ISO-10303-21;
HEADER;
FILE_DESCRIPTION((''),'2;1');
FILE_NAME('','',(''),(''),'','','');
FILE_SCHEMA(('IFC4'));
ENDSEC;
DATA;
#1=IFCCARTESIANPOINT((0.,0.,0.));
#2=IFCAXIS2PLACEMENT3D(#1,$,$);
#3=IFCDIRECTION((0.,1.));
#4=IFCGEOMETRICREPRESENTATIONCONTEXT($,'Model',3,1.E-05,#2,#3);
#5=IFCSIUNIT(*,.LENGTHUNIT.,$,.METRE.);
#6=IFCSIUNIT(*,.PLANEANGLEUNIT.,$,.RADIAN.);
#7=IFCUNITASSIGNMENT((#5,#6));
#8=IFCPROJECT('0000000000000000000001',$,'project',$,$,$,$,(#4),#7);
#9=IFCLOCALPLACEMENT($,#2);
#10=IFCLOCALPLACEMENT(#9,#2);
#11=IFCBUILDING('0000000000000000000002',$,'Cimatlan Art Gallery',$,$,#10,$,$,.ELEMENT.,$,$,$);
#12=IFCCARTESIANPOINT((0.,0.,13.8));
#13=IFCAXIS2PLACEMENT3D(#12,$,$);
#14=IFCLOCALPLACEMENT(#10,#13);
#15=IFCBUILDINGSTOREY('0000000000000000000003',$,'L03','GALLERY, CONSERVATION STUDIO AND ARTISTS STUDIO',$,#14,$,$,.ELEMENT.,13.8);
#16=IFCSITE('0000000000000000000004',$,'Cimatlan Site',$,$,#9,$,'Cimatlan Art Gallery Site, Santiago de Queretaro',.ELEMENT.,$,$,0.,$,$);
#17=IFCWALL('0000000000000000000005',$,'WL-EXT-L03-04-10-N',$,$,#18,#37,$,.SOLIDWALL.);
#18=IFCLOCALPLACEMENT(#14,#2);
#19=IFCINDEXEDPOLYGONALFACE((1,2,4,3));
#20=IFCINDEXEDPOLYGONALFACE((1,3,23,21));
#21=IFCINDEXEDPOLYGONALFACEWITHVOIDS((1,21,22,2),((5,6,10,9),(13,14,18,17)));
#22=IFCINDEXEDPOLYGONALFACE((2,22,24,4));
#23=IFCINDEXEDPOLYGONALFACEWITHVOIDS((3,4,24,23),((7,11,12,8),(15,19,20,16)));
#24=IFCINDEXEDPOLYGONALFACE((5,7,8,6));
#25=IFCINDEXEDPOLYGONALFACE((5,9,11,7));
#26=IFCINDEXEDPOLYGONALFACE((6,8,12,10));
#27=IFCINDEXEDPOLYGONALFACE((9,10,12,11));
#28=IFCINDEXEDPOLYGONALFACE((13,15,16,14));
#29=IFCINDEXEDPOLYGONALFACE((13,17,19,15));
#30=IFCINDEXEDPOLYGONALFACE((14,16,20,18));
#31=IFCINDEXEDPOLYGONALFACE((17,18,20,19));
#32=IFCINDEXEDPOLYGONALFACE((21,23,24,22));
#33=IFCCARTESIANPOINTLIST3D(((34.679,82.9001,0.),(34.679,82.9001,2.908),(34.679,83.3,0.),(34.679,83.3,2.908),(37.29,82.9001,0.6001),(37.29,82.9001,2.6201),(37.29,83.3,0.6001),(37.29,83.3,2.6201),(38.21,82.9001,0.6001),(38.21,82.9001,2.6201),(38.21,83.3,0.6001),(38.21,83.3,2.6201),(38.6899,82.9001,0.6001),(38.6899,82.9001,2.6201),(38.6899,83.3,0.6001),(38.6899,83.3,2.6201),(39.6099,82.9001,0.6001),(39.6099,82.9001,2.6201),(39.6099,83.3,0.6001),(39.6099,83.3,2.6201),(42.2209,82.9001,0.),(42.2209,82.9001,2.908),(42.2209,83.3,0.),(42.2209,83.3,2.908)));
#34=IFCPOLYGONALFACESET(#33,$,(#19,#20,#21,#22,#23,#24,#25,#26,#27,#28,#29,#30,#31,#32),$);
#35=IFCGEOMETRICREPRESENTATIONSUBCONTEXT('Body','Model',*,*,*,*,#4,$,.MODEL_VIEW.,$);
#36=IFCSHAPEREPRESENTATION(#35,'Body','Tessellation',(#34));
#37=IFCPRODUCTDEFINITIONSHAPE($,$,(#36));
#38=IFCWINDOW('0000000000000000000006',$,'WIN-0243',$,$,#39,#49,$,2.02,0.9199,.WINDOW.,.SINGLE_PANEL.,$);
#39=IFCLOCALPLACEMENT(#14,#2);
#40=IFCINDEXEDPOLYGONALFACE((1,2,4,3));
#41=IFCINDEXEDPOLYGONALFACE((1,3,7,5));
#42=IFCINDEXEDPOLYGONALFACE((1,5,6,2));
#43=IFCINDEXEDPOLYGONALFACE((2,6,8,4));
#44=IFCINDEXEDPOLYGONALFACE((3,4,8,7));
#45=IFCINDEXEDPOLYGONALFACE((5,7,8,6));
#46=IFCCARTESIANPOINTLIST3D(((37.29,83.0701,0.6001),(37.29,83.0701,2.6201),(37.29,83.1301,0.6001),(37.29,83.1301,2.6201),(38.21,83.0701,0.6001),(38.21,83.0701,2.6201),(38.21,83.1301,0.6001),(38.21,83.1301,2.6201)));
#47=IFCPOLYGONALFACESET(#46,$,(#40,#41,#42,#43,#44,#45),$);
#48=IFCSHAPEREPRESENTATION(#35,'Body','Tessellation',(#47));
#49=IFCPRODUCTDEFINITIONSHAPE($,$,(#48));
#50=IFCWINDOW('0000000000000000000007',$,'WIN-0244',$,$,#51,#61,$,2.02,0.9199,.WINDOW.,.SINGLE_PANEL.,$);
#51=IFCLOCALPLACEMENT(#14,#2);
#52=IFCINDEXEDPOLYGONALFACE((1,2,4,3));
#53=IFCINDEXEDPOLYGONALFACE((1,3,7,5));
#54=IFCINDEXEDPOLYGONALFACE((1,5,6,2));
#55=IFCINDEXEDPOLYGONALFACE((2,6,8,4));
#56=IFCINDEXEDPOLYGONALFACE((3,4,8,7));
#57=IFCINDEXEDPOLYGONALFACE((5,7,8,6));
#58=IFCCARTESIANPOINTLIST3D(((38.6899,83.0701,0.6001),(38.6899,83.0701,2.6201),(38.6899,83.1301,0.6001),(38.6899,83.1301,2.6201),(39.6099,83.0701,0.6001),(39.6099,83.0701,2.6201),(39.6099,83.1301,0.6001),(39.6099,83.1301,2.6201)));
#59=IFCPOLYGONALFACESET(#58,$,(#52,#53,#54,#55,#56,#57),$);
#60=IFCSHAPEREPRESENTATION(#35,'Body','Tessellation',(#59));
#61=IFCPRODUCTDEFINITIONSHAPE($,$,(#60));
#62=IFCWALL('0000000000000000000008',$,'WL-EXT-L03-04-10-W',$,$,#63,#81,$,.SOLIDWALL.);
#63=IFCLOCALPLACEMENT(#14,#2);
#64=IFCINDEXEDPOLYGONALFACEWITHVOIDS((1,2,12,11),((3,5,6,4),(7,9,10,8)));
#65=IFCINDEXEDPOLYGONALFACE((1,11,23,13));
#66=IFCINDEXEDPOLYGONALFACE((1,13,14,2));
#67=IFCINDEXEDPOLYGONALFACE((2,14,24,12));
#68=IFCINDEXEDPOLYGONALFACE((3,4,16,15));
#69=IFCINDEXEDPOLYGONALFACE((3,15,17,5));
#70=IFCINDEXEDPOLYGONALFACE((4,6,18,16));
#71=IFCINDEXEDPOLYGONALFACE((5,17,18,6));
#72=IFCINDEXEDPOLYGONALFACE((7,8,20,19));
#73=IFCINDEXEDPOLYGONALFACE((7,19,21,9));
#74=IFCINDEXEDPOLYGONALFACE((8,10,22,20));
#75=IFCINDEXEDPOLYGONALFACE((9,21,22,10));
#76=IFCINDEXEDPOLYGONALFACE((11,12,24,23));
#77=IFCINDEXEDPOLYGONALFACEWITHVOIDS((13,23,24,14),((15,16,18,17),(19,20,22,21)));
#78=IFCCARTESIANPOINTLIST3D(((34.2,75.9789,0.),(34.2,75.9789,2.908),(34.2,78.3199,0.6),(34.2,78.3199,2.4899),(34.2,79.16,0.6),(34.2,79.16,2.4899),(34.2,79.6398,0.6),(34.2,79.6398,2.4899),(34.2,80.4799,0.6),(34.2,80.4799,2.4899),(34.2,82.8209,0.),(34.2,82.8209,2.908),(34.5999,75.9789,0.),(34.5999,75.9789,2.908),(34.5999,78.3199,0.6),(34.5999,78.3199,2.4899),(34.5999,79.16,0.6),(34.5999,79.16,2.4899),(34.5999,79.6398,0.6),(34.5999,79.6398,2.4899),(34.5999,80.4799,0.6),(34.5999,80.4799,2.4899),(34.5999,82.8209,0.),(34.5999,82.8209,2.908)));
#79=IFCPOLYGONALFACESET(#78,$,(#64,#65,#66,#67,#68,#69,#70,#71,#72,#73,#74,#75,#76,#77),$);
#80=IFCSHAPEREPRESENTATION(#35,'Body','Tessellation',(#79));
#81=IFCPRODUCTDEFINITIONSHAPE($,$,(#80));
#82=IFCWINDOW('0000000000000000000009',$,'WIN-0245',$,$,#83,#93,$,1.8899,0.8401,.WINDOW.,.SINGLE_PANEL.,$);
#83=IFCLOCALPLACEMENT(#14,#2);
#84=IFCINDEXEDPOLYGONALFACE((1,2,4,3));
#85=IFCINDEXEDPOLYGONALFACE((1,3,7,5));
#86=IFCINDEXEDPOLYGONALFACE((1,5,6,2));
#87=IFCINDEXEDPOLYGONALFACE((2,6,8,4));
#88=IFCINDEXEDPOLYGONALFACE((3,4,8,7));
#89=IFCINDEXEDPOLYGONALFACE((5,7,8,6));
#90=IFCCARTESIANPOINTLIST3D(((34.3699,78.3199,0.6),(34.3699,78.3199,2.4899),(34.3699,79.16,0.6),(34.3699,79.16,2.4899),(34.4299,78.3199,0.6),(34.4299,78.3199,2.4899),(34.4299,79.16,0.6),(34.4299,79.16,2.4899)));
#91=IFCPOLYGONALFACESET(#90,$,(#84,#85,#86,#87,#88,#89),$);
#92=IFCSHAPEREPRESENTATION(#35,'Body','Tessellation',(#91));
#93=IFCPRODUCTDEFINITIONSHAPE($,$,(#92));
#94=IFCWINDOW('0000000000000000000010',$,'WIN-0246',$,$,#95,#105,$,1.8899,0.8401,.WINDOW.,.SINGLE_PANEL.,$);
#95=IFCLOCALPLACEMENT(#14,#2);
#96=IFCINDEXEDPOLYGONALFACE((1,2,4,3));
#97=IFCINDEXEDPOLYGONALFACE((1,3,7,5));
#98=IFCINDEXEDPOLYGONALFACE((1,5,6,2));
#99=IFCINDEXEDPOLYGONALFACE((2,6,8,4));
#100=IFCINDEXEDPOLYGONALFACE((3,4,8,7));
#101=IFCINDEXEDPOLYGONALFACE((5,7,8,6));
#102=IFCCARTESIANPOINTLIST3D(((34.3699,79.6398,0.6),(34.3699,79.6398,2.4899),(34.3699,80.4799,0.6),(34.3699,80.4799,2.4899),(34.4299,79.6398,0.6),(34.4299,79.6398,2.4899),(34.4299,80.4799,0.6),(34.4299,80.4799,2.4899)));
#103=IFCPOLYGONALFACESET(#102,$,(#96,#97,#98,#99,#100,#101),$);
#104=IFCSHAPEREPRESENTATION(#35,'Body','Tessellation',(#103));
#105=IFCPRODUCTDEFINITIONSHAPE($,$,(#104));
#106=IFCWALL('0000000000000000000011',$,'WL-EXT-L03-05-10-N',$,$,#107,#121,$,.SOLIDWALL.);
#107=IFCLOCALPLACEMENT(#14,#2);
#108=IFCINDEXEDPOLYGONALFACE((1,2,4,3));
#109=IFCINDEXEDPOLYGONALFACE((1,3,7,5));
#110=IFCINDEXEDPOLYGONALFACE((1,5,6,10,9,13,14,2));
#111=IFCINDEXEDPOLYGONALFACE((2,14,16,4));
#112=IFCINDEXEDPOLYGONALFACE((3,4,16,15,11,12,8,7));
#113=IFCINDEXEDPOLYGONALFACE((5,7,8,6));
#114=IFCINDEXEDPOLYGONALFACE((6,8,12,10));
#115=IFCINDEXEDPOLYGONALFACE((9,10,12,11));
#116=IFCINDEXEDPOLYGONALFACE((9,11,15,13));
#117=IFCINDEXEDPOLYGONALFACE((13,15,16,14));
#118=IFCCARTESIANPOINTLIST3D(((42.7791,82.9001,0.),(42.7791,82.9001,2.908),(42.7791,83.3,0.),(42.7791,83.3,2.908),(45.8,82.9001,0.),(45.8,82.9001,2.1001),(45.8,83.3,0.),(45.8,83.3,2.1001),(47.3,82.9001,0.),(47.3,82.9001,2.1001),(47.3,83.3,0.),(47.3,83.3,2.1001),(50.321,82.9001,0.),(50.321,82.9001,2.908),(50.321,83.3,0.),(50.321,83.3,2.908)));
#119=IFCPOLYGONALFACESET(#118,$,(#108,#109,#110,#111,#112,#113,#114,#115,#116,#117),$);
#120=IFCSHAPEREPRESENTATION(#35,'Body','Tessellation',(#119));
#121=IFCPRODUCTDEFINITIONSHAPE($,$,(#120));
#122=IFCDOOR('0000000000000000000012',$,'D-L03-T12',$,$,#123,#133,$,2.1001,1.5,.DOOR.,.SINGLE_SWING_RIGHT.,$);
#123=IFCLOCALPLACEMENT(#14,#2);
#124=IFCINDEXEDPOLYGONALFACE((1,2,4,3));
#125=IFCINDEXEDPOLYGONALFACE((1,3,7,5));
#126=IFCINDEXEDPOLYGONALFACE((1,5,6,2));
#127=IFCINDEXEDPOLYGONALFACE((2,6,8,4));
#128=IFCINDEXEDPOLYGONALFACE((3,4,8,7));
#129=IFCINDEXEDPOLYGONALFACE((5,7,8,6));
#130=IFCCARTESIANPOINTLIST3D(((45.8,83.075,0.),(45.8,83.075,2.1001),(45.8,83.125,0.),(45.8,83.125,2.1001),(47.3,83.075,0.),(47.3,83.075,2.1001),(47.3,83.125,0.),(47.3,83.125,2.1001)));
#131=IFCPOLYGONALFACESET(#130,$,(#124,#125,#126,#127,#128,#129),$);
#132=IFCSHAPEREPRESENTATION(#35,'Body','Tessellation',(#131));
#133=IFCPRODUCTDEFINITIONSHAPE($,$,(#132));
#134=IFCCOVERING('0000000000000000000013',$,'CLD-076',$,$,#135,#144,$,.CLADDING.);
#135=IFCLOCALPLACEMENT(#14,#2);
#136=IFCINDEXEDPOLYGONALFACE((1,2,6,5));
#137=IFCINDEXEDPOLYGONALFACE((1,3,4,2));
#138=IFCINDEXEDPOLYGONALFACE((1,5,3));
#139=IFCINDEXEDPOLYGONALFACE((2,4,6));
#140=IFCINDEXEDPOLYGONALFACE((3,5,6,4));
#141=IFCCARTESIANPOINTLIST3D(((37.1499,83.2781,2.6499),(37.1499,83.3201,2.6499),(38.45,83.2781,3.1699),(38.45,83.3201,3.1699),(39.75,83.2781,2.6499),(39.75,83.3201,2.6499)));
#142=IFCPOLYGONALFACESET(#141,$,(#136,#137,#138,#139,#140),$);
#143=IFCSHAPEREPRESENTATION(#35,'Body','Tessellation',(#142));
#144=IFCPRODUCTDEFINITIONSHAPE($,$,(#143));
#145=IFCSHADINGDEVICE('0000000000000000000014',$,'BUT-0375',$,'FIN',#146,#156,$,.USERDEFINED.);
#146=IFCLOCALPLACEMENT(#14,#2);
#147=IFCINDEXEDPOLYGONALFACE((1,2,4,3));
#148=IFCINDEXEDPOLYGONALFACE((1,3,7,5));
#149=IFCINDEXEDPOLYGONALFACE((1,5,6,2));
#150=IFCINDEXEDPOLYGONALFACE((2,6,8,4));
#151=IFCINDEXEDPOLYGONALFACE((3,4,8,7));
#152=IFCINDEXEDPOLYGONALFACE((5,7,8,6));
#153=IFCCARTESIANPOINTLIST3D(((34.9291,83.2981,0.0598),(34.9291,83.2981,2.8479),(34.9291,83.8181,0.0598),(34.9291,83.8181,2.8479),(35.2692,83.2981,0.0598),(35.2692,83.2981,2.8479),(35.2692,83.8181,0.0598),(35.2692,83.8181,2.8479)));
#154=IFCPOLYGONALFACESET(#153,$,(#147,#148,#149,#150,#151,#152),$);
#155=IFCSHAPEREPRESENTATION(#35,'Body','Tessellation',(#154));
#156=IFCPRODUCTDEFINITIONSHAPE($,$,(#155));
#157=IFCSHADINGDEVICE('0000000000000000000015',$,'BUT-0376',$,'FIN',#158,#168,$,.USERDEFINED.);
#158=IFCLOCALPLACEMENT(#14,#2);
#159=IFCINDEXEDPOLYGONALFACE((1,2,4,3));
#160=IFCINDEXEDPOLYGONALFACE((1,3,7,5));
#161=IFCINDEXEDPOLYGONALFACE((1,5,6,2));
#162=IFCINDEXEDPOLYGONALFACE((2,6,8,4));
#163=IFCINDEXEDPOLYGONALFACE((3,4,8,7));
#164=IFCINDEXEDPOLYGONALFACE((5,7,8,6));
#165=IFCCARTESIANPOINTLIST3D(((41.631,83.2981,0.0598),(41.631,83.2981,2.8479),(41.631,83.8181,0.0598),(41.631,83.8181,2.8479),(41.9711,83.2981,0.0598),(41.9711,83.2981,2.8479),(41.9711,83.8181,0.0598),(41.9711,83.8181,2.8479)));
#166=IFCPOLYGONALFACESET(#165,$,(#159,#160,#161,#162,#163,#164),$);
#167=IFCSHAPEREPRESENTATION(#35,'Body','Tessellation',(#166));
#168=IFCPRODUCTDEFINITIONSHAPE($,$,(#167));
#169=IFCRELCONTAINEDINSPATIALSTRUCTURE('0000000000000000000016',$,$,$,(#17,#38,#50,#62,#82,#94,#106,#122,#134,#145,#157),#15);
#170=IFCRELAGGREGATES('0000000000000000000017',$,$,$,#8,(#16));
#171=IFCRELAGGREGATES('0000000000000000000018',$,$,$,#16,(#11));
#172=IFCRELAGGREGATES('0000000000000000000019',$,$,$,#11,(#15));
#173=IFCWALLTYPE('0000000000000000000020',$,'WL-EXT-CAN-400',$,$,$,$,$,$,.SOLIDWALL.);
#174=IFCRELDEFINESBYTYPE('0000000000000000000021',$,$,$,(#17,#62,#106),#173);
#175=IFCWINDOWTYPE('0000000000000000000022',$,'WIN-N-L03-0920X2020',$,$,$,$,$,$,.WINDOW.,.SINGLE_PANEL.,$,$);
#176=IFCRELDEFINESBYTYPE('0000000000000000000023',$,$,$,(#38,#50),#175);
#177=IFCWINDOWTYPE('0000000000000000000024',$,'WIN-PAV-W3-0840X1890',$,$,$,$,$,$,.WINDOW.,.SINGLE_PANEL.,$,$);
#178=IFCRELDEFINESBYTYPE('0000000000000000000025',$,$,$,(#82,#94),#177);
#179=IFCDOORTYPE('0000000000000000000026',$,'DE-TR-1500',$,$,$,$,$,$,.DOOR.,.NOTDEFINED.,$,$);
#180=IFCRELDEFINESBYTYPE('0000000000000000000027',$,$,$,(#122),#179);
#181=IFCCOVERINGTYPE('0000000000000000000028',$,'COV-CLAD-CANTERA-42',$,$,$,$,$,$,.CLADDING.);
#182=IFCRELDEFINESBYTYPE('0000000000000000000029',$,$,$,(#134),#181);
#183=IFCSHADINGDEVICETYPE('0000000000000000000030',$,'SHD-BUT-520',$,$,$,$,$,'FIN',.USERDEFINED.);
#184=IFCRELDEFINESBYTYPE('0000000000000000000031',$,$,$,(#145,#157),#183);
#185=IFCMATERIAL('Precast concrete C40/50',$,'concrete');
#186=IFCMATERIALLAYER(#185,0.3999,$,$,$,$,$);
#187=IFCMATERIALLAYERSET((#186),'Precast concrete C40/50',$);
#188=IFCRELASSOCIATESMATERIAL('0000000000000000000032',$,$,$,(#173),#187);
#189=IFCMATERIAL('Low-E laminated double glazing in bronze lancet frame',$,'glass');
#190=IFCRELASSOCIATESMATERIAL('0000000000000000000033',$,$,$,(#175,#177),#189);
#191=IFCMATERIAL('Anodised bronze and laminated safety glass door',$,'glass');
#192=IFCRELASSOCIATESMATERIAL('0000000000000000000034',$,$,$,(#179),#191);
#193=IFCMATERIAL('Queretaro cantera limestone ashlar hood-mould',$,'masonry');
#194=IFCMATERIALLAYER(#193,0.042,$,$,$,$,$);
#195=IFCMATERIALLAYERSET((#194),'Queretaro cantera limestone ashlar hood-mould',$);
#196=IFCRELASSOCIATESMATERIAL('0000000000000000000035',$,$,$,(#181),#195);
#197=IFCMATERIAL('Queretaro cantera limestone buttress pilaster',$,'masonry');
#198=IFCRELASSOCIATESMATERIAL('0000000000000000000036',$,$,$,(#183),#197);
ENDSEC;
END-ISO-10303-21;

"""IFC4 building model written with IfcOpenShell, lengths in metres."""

from ifc_helpers import new_model, si_unit, direction, frame, frame_2d, origin, origin_2d, place, context, subcontext, project, spatial, polyline, rectangle, outline, extrude, material, layer, layer_set, type_object, element, fill, save


model = new_model("IFC4")

# Units and contexts
model_context = context("Model", 3, precision=1e-05, world=origin(), true_north=direction((0.0, 1.0)))
body_context = subcontext(model_context, "Body", "Model", "MODEL_VIEW")
ifc_project = project(units=[si_unit("LENGTHUNIT", "METRE"), si_unit("PLANEANGLEUNIT", "RADIAN")], contexts=[model_context])

# Site, building, storey
site_placement = place(None, origin())
site = spatial("IfcSite", under=ifc_project, at=site_placement, Name="Cimatlan Site", LongName="Cimatlan Art Gallery Site, Santiago de Queretaro", CompositionType="ELEMENT", RefElevation=0.0)
building_placement = place(site_placement, origin())
building = spatial("IfcBuilding", under=site, at=building_placement, Name="Cimatlan Art Gallery", CompositionType="ELEMENT")
storey_placement = place(building_placement, frame((0.0, 0.0, 13.8)))
storey = spatial("IfcBuildingStorey", under=building, at=storey_placement, Name="L03", Description="GALLERY, CONSERVATION STUDIO AND ARTISTS STUDIO", CompositionType="ELEMENT", Elevation=13.8)

# Walls, openings, windows
ifc_material_1 = material(Name="Precast concrete C40/50", Category="concrete")
ifc_layer_1 = layer(ifc_material_1, 0.3999)
ifc_layer_set_1 = layer_set([ifc_layer_1], Name="Precast concrete C40/50")
wall_type = type_object("IfcWallType", Name="WL-EXT-CAN-400", PredefinedType="SOLIDWALL", material=ifc_layer_set_1)
wall_1_placement = place(storey_placement, frame((34.679, 83.1001, 0.0), z_axis=(0.0, 0.0, 1.0), x_axis=(1.0, 0.0, 0.0)))
wall_1 = element("IfcWall", 1, at=wall_1_placement, inside=storey, type_object=wall_type, Name="WL-EXT-L03-04-10-N", PredefinedType="SOLIDWALL", context=body_context, shape_type="SweptSolid", body=[
    extrude(rectangle(XDim=7.542, YDim=0.3999, at=frame_2d((3.771, 0.0))), origin(), (0.0, 0.0, 1.0), 2.908),
])
opening_1_placement = place(wall_1_placement, frame((2.6111, 0.0, 0.6001)))
opening_1 = element("IfcOpeningElement", 2, at=opening_1_placement, cuts=wall_1, PredefinedType="OPENING", context=body_context, shape_type="SweptSolid", body=[
    extrude(rectangle(XDim=0.9199, YDim=2.02, at=frame_2d((0.46, 1.01))), frame((0.0, 0.21, 0.0), z_axis=(0.0, -1.0, 0.0), x_axis=(1.0, 0.0, 0.0)), (0.0, 0.0, 1.0), 0.4199),
])
opening_2_placement = place(wall_1_placement, frame((4.011, 0.0, 0.6001)))
opening_2 = element("IfcOpeningElement", 3, at=opening_2_placement, cuts=wall_1, PredefinedType="OPENING", context=body_context, shape_type="SweptSolid", body=[
    extrude(rectangle(XDim=0.9199, YDim=2.02, at=frame_2d((0.46, 1.01))), frame((0.0, 0.21, 0.0), z_axis=(0.0, -1.0, 0.0), x_axis=(1.0, 0.0, 0.0)), (0.0, 0.0, 1.0), 0.4199),
])
ifc_material_2 = material(Name="Low-E laminated double glazing in bronze lancet frame", Category="glass")
window_type_1 = type_object("IfcWindowType", Name="WIN-N-L03-0920X2020", PartitioningType="SINGLE_PANEL", PredefinedType="WINDOW", material=ifc_material_2)
window_1_placement = place(opening_1_placement, origin())
window_1 = element("IfcWindow", 4, at=window_1_placement, inside=storey, type_object=window_type_1, Name="WIN-0243", OverallHeight=2.02, OverallWidth=0.9199, PartitioningType="SINGLE_PANEL", PredefinedType="WINDOW", context=body_context, shape_type="SweptSolid", body=[
    extrude(rectangle(XDim=0.9199, YDim=2.02, at=frame_2d((0.46, 1.01))), frame((0.0, 0.03, 0.0), z_axis=(0.0, -1.0, 0.0), x_axis=(1.0, 0.0, 0.0)), (0.0, 0.0, 1.0), 0.0601),
])
fill(opening_1, window_1)
window_2_placement = place(opening_2_placement, origin())
window_2 = element("IfcWindow", 5, at=window_2_placement, inside=storey, type_object=window_type_1, Name="WIN-0244", OverallHeight=2.02, OverallWidth=0.9199, PartitioningType="SINGLE_PANEL", PredefinedType="WINDOW", context=body_context, shape_type="SweptSolid", body=[
    extrude(rectangle(XDim=0.9199, YDim=2.02, at=frame_2d((0.46, 1.01))), frame((0.0, 0.03, 0.0), z_axis=(0.0, -1.0, 0.0), x_axis=(1.0, 0.0, 0.0)), (0.0, 0.0, 1.0), 0.0601),
])
fill(opening_2, window_2)
wall_2_placement = place(storey_placement, frame((34.3999, 75.979, 0.0), z_axis=(0.0, 0.0, 1.0), x_axis=(0.0, 1.0, 0.0)))
wall_2 = element("IfcWall", 6, at=wall_2_placement, inside=storey, type_object=wall_type, Name="WL-EXT-L03-04-10-W", PredefinedType="SOLIDWALL", context=body_context, shape_type="SweptSolid", body=[
    extrude(rectangle(XDim=6.842, YDim=0.3999, at=frame_2d((3.4209, 0.0))), origin(), (0.0, 0.0, 1.0), 2.908),
])
opening_3_placement = place(wall_2_placement, frame((2.3411, 0.0, 0.6001)))
opening_3 = element("IfcOpeningElement", 7, at=opening_3_placement, cuts=wall_2, PredefinedType="OPENING", context=body_context, shape_type="SweptSolid", body=[
    extrude(rectangle(XDim=0.8401, YDim=1.8899, at=frame_2d((0.4199, 0.9448))), frame((0.0, 0.21, 0.0), z_axis=(0.0, -1.0, 0.0), x_axis=(1.0, 0.0, 0.0)), (0.0, 0.0, 1.0), 0.4199),
])
opening_4_placement = place(wall_2_placement, frame((3.6609, 0.0, 0.6001)))
opening_4 = element("IfcOpeningElement", 8, at=opening_4_placement, cuts=wall_2, PredefinedType="OPENING", context=body_context, shape_type="SweptSolid", body=[
    extrude(rectangle(XDim=0.8401, YDim=1.8899, at=frame_2d((0.4199, 0.9448))), frame((0.0, 0.21, 0.0), z_axis=(0.0, -1.0, 0.0), x_axis=(1.0, 0.0, 0.0)), (0.0, 0.0, 1.0), 0.4199),
])
window_type_2 = type_object("IfcWindowType", Name="WIN-PAV-W3-0840X1890", PartitioningType="SINGLE_PANEL", PredefinedType="WINDOW", material=ifc_material_2)
window_3_placement = place(opening_3_placement, origin())
window_3 = element("IfcWindow", 9, at=window_3_placement, inside=storey, type_object=window_type_2, Name="WIN-0245", OverallHeight=1.8899, OverallWidth=0.8401, PartitioningType="SINGLE_PANEL", PredefinedType="WINDOW", context=body_context, shape_type="SweptSolid", body=[
    extrude(rectangle(XDim=0.8401, YDim=1.8899, at=frame_2d((0.4199, 0.9448))), frame((0.0, 0.03, 0.0), z_axis=(0.0, -1.0, 0.0), x_axis=(1.0, 0.0, 0.0)), (0.0, 0.0, 1.0), 0.0601),
])
fill(opening_3, window_3)
window_4_placement = place(opening_4_placement, origin())
window_4 = element("IfcWindow", 10, at=window_4_placement, inside=storey, type_object=window_type_2, Name="WIN-0246", OverallHeight=1.8899, OverallWidth=0.8401, PartitioningType="SINGLE_PANEL", PredefinedType="WINDOW", context=body_context, shape_type="SweptSolid", body=[
    extrude(rectangle(XDim=0.8401, YDim=1.8899, at=frame_2d((0.4199, 0.9448))), frame((0.0, 0.03, 0.0), z_axis=(0.0, -1.0, 0.0), x_axis=(1.0, 0.0, 0.0)), (0.0, 0.0, 1.0), 0.0601),
])
fill(opening_4, window_4)

# Wall, opening, door
wall_3_placement = place(storey_placement, frame((42.7791, 83.1001, 0.0), z_axis=(0.0, 0.0, 1.0), x_axis=(1.0, 0.0, 0.0)))
wall_3 = element("IfcWall", 11, at=wall_3_placement, inside=storey, type_object=wall_type, Name="WL-EXT-L03-05-10-N", PredefinedType="SOLIDWALL", context=body_context, shape_type="SweptSolid", body=[
    extrude(rectangle(XDim=7.542, YDim=0.3999, at=frame_2d((3.771, 0.0))), origin(), (0.0, 0.0, 1.0), 2.908),
])
opening_5_placement = place(wall_3_placement, frame((3.021, 0.0, 0.0)))
opening_5 = element("IfcOpeningElement", 12, at=opening_5_placement, cuts=wall_3, PredefinedType="OPENING", context=body_context, shape_type="SweptSolid", body=[
    extrude(rectangle(XDim=1.5, YDim=2.1001, at=frame_2d((0.75, 1.05))), frame((0.0, 0.21, 0.0), z_axis=(0.0, -1.0, 0.0), x_axis=(1.0, 0.0, 0.0)), (0.0, 0.0, 1.0), 0.4199),
])
ifc_material_3 = material(Name="Anodised bronze and laminated safety glass door", Category="glass")
door_type = type_object("IfcDoorType", Name="DE-TR-1500", OperationType="NOTDEFINED", PredefinedType="DOOR", material=ifc_material_3)
door_placement = place(opening_5_placement, origin())
door = element("IfcDoor", 13, at=door_placement, inside=storey, type_object=door_type, Name="D-L03-T12", OperationType="SINGLE_SWING_RIGHT", OverallHeight=2.1001, OverallWidth=1.5, PredefinedType="DOOR", context=body_context, shape_type="SweptSolid", body=[
    extrude(rectangle(XDim=1.5, YDim=2.1001, at=frame_2d((0.75, 1.05))), frame((0.0, 0.0249, 0.0), z_axis=(0.0, -1.0, 0.0), x_axis=(1.0, 0.0, 0.0)), (0.0, 0.0, 1.0), 0.05),
])
fill(opening_5, door)

# Covering
ifc_material_4 = material(Name="Queretaro cantera limestone ashlar hood-mould", Category="masonry")
ifc_layer_2 = layer(ifc_material_4, 0.042)
ifc_layer_set_2 = layer_set([ifc_layer_2], Name="Queretaro cantera limestone ashlar hood-mould")
covering_type = type_object("IfcCoveringType", Name="COV-CLAD-CANTERA-42", PredefinedType="CLADDING", material=ifc_layer_set_2)
covering_placement = place(storey_placement, frame((37.1499, 83.2781, 2.6499), z_axis=(0.0, -1.0, 0.0), x_axis=(1.0, 0.0, 0.0)))
element("IfcCovering", 14, at=covering_placement, inside=storey, type_object=covering_type, Name="CLD-076", PredefinedType="CLADDING", context=body_context, shape_type="SweptSolid", body=[
    extrude(outline(polyline([(0.0, 0.0), (2.6001, 0.0), (1.3, 0.52), (0.0, 0.0)])), origin(), (0.0, 0.0, -1.0), 0.042),
])

# Shading devices
ifc_material_5 = material(Name="Queretaro cantera limestone buttress pilaster", Category="masonry")
shading_device_type_1 = type_object("IfcShadingDeviceType", Name="SHD-BUT-520", ElementType="FIN", PredefinedType="USERDEFINED", material=ifc_material_5)
for number, where, z_axis, x_axis, name in (
    (15, (35.0991, 83.5581, 0.0598), (0.0, 0.0, 1.0), (1.0, 0.0, 0.0), "BUT-0375"),
    (16, (41.801, 83.5581, 0.0598), (0.0, 0.0, 1.0), (1.0, 0.0, 0.0), "BUT-0376"),
):
    element("IfcShadingDevice", number, at=place(storey_placement, frame(where, z_axis=z_axis, x_axis=x_axis)), inside=storey, type_object=shading_device_type_1, Name=name, ObjectType="FIN", PredefinedType="USERDEFINED", context=body_context, shape_type="SweptSolid", body=[
        extrude(rectangle(XDim=0.3401, YDim=0.52, at=origin_2d()), origin(), (0.0, 0.0, 1.0), 2.7881),
    ])

save(model, "model.ifc")
